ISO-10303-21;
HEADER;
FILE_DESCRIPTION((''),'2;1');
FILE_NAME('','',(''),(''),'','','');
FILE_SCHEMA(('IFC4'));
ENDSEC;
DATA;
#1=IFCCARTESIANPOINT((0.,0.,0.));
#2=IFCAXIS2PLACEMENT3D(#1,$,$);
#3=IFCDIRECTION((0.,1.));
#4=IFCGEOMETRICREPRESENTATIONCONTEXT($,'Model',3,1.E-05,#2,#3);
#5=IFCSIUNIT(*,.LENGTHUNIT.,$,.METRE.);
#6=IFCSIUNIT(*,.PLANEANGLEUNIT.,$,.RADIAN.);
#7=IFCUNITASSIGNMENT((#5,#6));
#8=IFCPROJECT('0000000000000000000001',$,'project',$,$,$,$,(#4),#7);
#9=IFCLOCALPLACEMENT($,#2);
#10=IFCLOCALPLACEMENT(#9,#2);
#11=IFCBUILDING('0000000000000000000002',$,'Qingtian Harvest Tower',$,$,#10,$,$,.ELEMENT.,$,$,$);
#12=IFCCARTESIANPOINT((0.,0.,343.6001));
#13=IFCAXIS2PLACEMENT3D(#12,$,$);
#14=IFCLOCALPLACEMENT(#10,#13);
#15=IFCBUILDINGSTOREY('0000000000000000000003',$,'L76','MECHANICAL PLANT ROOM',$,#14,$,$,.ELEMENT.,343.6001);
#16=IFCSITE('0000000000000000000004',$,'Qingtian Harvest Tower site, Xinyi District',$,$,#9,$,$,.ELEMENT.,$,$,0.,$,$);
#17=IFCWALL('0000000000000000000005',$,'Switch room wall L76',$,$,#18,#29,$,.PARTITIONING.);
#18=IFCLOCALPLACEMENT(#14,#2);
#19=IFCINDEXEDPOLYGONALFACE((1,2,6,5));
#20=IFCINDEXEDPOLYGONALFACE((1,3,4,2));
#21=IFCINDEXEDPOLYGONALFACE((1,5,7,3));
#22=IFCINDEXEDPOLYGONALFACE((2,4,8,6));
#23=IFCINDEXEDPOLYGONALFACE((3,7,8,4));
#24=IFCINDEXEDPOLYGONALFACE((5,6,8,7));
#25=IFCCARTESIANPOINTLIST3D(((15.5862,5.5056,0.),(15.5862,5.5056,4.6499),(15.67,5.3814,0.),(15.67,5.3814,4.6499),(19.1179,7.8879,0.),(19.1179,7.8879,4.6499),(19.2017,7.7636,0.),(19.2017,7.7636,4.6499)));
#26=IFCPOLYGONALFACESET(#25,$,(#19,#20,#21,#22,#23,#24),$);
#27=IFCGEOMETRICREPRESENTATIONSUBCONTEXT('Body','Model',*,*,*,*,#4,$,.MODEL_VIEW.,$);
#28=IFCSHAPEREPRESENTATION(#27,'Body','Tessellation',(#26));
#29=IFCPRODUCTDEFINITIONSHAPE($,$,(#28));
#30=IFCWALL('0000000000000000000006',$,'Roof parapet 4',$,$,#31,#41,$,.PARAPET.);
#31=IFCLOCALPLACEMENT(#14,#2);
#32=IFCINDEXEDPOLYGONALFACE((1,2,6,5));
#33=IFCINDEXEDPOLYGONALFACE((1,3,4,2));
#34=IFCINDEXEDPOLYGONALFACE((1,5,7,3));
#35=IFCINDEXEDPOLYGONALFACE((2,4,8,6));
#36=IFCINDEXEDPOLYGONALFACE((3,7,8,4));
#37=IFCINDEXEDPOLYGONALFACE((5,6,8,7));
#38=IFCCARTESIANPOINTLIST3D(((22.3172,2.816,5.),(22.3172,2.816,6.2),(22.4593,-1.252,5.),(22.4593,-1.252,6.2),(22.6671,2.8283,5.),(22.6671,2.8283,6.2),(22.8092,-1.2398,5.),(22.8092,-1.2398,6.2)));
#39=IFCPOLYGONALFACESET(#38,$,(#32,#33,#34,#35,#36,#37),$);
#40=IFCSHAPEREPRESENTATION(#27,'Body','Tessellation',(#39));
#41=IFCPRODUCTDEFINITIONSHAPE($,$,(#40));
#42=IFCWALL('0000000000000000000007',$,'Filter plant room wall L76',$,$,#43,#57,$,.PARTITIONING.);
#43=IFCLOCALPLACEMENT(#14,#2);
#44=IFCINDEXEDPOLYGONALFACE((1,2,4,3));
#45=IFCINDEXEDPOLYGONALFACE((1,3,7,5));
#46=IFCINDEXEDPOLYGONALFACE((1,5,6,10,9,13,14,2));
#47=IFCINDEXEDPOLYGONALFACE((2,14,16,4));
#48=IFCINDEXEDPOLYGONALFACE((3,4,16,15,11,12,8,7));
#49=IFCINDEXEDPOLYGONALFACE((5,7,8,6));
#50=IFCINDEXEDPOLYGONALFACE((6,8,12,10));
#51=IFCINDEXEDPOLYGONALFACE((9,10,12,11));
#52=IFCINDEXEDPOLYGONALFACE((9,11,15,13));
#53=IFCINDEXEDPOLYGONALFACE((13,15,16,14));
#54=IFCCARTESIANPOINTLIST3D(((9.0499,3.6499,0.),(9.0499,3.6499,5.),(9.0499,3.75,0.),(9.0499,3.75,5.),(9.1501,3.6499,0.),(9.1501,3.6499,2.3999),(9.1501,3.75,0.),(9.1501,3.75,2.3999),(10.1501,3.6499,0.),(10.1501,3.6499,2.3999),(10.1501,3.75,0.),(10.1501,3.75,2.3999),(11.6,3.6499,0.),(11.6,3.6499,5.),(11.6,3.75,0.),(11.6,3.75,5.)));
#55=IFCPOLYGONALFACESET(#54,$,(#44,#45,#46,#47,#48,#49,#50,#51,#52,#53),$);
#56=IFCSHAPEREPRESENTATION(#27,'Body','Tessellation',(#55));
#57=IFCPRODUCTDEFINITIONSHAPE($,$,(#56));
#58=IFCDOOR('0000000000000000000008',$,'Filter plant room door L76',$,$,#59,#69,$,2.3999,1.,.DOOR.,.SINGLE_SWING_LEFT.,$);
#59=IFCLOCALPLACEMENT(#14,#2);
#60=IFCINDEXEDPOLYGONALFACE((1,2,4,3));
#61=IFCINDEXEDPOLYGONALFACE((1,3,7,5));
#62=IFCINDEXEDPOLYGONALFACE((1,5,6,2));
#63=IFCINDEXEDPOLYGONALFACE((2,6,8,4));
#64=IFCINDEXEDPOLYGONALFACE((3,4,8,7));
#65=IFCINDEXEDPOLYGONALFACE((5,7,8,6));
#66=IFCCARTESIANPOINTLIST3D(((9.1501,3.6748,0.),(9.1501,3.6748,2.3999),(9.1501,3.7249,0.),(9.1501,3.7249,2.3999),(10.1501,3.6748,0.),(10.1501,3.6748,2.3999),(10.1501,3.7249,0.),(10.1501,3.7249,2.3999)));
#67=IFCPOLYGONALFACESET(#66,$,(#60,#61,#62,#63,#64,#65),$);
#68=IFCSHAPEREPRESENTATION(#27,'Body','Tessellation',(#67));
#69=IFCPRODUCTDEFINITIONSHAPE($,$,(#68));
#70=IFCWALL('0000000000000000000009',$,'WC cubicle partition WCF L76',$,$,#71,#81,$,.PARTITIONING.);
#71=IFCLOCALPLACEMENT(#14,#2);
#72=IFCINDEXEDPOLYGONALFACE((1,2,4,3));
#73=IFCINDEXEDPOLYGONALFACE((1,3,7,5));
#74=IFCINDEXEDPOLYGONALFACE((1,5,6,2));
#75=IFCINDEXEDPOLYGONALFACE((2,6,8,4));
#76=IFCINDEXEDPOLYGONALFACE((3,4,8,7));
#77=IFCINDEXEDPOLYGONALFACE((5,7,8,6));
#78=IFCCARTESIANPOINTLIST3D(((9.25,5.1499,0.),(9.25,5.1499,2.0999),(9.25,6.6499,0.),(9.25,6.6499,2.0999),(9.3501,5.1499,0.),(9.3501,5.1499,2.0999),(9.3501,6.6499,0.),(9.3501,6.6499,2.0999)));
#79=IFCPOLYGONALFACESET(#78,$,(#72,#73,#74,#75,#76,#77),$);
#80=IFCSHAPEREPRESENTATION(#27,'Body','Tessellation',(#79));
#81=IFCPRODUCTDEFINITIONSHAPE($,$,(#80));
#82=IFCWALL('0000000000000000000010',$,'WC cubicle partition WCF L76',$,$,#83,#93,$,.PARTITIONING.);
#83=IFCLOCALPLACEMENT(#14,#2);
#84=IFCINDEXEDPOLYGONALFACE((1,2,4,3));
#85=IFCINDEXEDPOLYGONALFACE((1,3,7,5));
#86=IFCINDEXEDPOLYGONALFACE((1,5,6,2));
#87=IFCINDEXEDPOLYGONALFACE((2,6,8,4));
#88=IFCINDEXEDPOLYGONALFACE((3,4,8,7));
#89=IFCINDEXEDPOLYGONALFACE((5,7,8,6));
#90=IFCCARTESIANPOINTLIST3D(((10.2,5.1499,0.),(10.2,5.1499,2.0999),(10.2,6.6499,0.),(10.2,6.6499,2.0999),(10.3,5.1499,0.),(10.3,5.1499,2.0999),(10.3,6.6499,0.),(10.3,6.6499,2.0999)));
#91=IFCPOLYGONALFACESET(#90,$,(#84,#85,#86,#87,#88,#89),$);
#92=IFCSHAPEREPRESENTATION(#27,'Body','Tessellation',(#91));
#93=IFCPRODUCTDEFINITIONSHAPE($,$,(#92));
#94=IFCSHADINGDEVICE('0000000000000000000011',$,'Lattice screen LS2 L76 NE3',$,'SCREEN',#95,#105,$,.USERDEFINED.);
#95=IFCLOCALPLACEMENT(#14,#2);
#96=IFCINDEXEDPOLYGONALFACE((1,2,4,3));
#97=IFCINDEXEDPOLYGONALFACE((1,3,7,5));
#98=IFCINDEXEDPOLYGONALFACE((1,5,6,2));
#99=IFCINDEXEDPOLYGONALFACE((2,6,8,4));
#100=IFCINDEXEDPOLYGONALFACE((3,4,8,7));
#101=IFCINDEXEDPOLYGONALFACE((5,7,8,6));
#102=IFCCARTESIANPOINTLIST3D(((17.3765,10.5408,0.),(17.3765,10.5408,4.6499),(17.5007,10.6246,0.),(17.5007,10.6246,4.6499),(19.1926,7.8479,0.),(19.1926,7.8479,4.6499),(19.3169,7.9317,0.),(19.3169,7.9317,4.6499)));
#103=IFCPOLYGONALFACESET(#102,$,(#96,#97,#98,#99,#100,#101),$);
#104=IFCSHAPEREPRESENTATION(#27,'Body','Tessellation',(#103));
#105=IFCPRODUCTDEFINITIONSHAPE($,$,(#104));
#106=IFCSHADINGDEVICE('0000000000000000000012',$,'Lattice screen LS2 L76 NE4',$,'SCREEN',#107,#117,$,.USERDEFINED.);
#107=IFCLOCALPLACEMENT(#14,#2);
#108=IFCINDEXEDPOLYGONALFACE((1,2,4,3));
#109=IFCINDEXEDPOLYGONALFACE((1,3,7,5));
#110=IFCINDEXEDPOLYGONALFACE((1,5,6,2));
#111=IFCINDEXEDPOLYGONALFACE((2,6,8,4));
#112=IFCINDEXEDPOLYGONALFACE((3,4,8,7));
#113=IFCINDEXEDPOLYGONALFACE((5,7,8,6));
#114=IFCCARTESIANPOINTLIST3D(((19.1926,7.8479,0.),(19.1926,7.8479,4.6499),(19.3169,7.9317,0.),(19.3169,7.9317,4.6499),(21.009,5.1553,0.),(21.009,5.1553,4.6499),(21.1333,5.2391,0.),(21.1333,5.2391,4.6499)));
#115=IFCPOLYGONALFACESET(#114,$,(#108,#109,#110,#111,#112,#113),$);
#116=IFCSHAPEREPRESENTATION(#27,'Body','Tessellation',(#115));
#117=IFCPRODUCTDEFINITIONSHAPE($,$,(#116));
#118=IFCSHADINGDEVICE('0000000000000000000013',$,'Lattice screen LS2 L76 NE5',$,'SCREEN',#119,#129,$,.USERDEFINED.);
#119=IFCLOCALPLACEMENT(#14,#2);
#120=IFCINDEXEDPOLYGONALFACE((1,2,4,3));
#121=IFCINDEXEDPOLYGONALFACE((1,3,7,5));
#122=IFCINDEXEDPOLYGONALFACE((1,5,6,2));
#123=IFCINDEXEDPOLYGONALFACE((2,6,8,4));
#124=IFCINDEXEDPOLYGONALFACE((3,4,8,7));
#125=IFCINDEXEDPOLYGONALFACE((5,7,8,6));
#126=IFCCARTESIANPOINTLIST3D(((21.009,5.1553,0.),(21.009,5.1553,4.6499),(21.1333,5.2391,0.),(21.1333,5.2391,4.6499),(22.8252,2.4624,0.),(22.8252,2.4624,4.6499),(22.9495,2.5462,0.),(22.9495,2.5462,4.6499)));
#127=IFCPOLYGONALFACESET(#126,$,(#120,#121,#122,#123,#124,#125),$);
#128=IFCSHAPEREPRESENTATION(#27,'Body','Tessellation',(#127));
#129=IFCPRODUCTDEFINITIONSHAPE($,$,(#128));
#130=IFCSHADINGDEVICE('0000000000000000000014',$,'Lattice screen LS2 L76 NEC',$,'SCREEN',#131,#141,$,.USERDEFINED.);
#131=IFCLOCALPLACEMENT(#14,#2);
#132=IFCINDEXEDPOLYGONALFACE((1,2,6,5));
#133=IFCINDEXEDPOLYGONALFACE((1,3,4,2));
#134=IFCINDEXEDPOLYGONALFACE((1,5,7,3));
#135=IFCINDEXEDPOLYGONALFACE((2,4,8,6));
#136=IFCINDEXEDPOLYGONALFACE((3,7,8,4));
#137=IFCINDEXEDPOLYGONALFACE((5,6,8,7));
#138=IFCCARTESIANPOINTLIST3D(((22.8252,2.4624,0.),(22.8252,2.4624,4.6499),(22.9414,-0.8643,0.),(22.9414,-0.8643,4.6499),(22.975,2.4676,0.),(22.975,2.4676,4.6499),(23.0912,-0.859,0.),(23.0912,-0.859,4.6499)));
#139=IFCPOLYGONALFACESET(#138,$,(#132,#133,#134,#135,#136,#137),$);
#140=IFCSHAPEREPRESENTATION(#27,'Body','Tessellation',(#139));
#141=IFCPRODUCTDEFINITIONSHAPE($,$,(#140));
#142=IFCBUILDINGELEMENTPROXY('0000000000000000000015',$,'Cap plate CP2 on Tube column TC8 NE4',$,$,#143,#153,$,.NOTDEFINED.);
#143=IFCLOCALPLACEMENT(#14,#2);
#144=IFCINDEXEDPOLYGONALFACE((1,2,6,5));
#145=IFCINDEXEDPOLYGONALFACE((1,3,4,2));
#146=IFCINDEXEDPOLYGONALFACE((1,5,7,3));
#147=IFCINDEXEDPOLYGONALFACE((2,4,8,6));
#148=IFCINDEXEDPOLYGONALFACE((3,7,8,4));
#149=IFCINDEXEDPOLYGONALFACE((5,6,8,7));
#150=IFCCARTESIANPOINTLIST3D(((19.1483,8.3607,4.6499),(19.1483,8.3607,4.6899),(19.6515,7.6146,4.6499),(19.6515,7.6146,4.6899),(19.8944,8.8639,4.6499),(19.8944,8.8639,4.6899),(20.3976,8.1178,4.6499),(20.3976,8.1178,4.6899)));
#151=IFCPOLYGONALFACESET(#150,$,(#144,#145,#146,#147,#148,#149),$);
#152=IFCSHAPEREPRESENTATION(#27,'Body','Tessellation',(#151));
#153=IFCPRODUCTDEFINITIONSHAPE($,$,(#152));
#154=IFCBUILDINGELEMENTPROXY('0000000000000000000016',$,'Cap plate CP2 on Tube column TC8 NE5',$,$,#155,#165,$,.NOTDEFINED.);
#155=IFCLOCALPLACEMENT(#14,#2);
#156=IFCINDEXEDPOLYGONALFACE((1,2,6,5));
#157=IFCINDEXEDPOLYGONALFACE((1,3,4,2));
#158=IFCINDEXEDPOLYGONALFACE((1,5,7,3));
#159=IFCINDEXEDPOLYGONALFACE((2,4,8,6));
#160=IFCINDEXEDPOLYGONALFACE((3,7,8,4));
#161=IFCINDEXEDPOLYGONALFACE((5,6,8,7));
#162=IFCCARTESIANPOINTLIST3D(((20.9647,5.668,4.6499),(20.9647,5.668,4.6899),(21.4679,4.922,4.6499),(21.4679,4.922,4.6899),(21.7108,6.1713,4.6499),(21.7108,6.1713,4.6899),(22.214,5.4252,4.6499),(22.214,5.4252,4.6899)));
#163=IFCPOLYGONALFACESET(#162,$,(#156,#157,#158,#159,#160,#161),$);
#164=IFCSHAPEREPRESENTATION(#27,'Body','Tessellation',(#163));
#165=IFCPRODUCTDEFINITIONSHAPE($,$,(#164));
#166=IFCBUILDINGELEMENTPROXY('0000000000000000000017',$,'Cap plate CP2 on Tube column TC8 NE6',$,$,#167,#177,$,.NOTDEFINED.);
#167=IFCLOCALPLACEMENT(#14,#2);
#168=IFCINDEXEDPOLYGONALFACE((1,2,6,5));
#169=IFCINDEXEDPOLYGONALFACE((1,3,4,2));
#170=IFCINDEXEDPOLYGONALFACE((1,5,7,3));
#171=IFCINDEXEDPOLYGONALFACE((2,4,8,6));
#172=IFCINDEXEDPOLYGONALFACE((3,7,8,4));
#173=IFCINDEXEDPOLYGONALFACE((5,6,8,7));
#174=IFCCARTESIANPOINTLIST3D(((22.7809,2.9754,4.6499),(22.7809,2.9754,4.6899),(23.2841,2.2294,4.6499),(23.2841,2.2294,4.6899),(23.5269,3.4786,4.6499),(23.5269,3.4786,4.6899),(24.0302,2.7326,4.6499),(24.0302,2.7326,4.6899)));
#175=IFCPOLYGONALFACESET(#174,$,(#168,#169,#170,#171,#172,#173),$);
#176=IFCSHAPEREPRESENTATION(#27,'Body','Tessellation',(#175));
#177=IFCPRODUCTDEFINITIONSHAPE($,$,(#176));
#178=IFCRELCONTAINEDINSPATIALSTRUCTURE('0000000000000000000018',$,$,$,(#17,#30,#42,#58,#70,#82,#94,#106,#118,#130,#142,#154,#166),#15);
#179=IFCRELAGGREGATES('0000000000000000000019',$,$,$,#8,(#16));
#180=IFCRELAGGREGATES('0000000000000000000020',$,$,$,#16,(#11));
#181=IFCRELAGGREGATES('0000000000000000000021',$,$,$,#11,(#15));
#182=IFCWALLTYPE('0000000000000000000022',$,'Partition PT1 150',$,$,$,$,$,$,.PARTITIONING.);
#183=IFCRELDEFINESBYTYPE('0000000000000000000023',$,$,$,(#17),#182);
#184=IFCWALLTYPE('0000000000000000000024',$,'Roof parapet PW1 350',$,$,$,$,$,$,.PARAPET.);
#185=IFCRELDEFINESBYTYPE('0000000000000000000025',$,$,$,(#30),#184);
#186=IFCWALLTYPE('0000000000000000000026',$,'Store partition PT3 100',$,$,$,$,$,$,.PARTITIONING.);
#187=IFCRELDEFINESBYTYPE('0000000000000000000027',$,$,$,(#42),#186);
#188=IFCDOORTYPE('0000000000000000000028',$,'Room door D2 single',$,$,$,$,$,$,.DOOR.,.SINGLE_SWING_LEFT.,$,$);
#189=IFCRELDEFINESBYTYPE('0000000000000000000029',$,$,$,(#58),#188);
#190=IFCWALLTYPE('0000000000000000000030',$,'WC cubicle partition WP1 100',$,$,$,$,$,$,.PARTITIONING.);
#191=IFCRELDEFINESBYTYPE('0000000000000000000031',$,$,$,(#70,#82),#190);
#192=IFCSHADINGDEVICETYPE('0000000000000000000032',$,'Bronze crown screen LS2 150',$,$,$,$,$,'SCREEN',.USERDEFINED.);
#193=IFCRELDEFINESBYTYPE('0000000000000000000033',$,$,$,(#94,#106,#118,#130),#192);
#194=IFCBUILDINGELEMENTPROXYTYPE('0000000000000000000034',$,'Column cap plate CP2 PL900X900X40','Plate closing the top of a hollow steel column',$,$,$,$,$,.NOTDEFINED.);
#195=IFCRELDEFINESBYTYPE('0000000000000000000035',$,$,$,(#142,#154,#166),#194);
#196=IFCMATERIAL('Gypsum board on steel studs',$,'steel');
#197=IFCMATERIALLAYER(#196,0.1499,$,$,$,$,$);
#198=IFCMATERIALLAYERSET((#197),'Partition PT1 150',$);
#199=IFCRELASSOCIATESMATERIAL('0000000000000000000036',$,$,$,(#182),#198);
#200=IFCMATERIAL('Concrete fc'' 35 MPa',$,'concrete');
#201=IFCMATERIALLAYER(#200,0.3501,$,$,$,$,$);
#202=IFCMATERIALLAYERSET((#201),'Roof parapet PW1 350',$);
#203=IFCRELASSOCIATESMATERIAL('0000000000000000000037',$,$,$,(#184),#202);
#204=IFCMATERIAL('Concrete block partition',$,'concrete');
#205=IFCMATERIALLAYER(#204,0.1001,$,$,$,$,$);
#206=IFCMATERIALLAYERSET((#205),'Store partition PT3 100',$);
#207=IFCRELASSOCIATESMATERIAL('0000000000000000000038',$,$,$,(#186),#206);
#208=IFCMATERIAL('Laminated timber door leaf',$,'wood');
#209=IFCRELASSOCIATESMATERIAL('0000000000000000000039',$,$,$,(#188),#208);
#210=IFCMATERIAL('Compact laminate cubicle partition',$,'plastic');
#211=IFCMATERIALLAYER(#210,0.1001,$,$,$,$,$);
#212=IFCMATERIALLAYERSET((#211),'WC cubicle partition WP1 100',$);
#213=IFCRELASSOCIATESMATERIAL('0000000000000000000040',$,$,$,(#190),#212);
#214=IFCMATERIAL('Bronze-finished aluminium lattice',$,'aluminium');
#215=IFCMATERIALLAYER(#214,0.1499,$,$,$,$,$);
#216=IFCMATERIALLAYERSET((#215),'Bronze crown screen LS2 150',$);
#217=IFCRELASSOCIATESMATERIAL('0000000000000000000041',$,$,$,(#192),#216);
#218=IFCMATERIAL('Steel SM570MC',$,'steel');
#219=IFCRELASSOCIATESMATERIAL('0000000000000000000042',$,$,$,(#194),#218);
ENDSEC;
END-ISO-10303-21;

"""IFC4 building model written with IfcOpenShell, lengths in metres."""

from ifc_helpers import new_model, si_unit, direction, frame, frame_2d, origin, origin_2d, place, context, subcontext, project, spatial, polyline, rectangle, outline, extrude, material, layer, layer_set, material_profile, profile_set, type_object, element, fill, save


model = new_model("IFC4")

# Units and contexts
model_context = context("Model", 3, precision=1e-05, world=origin(), true_north=direction((0.0, 1.0)))
body_context = subcontext(model_context, "Body", "Model", "MODEL_VIEW")
ifc_project = project(units=[si_unit("LENGTHUNIT", "METRE"), si_unit("PLANEANGLEUNIT", "RADIAN")], contexts=[model_context])

# Site, building, storey
site_placement = place(None, origin())
site = spatial("IfcSite", under=ifc_project, at=site_placement, Name="Qingtian Harvest Tower site, Xinyi District", CompositionType="ELEMENT", RefElevation=0.0)
building_placement = place(site_placement, origin())
building = spatial("IfcBuilding", under=site, at=building_placement, Name="Qingtian Harvest Tower", CompositionType="ELEMENT")
storey_placement = place(building_placement, frame((0.0, 0.0, 343.6001)))
storey = spatial("IfcBuildingStorey", under=building, at=storey_placement, Name="L76", Description="MECHANICAL PLANT ROOM", CompositionType="ELEMENT", Elevation=343.6001)

# Walls
ifc_material_1 = material(Name="Gypsum board on steel studs", Category="steel")
ifc_layer_1 = layer(ifc_material_1, 0.1499)
ifc_layer_set_1 = layer_set([ifc_layer_1], Name="Partition PT1 150")
wall_type_1 = type_object("IfcWallType", Name="Partition PT1 150", PredefinedType="PARTITIONING", material=ifc_layer_set_1)
wall_1_placement = place(storey_placement, frame((19.1597, 7.8257, 0.0), z_axis=(0.0, 0.0, 1.0), x_axis=(-0.829023, -0.559215, 0.0)))
element("IfcWall", 1, at=wall_1_placement, inside=storey, type_object=wall_type_1, Name="Switch room wall L76", PredefinedType="PARTITIONING", context=body_context, shape_type="SweptSolid", body=[
    extrude(rectangle(XDim=4.26, YDim=0.1499, at=frame_2d((2.1299, 0.0))), origin(), (0.0, 0.0, 1.0), 4.6499),
])
ifc_material_2 = material(Name="Concrete fc' 35 MPa", Category="concrete")
ifc_layer_2 = layer(ifc_material_2, 0.3501)
ifc_layer_set_2 = layer_set([ifc_layer_2], Name="Roof parapet PW1 350")
wall_type_2 = type_object("IfcWallType", Name="Roof parapet PW1 350", PredefinedType="PARAPET", material=ifc_layer_set_2)
wall_2_placement = place(storey_placement, frame((22.4922, 2.822, 5.0), z_axis=(0.0, 0.0, 1.0), x_axis=(0.034906, -0.999391, 0.0)))
element("IfcWall", 2, at=wall_2_placement, inside=storey, type_object=wall_type_2, Name="Roof parapet 4", PredefinedType="PARAPET", context=body_context, shape_type="SweptSolid", body=[
    extrude(rectangle(XDim=4.0706, YDim=0.3501, at=frame_2d((2.0352, 0.0))), origin(), (0.0, 0.0, 1.0), 1.2),
])

# Wall, opening, door
ifc_material_3 = material(Name="Concrete block partition", Category="concrete")
ifc_layer_3 = layer(ifc_material_3, 0.1001)
ifc_layer_set_3 = layer_set([ifc_layer_3], Name="Store partition PT3 100")
wall_type_3 = type_object("IfcWallType", Name="Store partition PT3 100", PredefinedType="PARTITIONING", material=ifc_layer_set_3)
wall_3_placement = place(storey_placement, frame((9.05, 3.7, 0.0), z_axis=(0.0, 0.0, 1.0), x_axis=(1.0, 0.0, 0.0)))
wall_3 = element("IfcWall", 3, at=wall_3_placement, inside=storey, type_object=wall_type_3, Name="Filter plant room wall L76", PredefinedType="PARTITIONING", context=body_context, shape_type="SweptSolid", body=[
    extrude(rectangle(XDim=2.55, YDim=0.1001, at=frame_2d((1.2749, 0.0))), origin(), (0.0, 0.0, 1.0), 5.0),
])
opening_placement = place(wall_3_placement, frame((0.1001, 0.0, 0.0)))
opening = element("IfcOpeningElement", 4, at=opening_placement, cuts=wall_3, PredefinedType="OPENING", context=body_context, shape_type="SweptSolid", body=[
    extrude(rectangle(XDim=1.0, YDim=2.3999, at=frame_2d((0.5, 1.2))), frame((0.0, 0.0601, 0.0), z_axis=(0.0, -1.0, 0.0), x_axis=(1.0, 0.0, 0.0)), (0.0, 0.0, 1.0), 0.1201),
])
ifc_material_4 = material(Name="Laminated timber door leaf", Category="wood")
door_type = type_object("IfcDoorType", Name="Room door D2 single", OperationType="SINGLE_SWING_LEFT", PredefinedType="DOOR", material=ifc_material_4)
door_placement = place(opening_placement, origin())
door = element("IfcDoor", 5, at=door_placement, inside=storey, type_object=door_type, Name="Filter plant room door L76", OperationType="SINGLE_SWING_LEFT", OverallHeight=2.3999, OverallWidth=1.0, PredefinedType="DOOR", context=body_context, shape_type="SweptSolid", body=[
    extrude(rectangle(XDim=1.0, YDim=2.3999, at=frame_2d((0.5, 1.2))), frame((0.0, 0.0249, 0.0), z_axis=(0.0, -1.0, 0.0), x_axis=(1.0, 0.0, 0.0)), (0.0, 0.0, 1.0), 0.05),
])
fill(opening, door)

# Walls
ifc_material_5 = material(Name="Compact laminate cubicle partition", Category="plastic")
ifc_layer_4 = layer(ifc_material_5, 0.1001)
ifc_layer_set_4 = layer_set([ifc_layer_4], Name="WC cubicle partition WP1 100")
wall_type_4 = type_object("IfcWallType", Name="WC cubicle partition WP1 100", PredefinedType="PARTITIONING", material=ifc_layer_set_4)
for number, where, z_axis, x_axis, name in (
    (6, (9.3, 5.1499, 0.0), (0.0, 0.0, 1.0), (0.0, 1.0, 0.0), "WC cubicle partition WCF L76"),
    (7, (10.25, 5.1499, 0.0), (0.0, 0.0, 1.0), (0.0, 1.0, 0.0), "WC cubicle partition WCF L76"),
):
    element("IfcWall", number, at=place(storey_placement, frame(where, z_axis=z_axis, x_axis=x_axis)), inside=storey, type_object=wall_type_4, Name=name, PredefinedType="PARTITIONING", context=body_context, shape_type="SweptSolid", body=[
        extrude(rectangle(XDim=1.5, YDim=0.1001, at=frame_2d((0.75, 0.0))), origin(), (0.0, 0.0, 1.0), 2.0999),
    ])

# Shading devices
ifc_material_6 = material(Name="Bronze-finished aluminium lattice", Category="aluminium")
ifc_layer_5 = layer(ifc_material_6, 0.1499)
ifc_layer_set_5 = layer_set([ifc_layer_5], Name="Bronze crown screen LS2 150")
shading_device_type = type_object("IfcShadingDeviceType", Name="Bronze crown screen LS2 150", ElementType="SCREEN", PredefinedType="USERDEFINED", material=ifc_layer_set_5)
shading_device_1_placement = place(storey_placement, frame((17.3765, 10.5408, 0.0), z_axis=(-0.829066, -0.55915, 0.0), x_axis=(0.55915, -0.829066, 0.0)))
element("IfcShadingDevice", 8, at=shading_device_1_placement, inside=storey, type_object=shading_device_type, Name="Lattice screen LS2 L76 NE3", ObjectType="SCREEN", PredefinedType="USERDEFINED", context=body_context, shape_type="SweptSolid", body=[
    extrude(outline(polyline([(0.0, 0.0), (3.2481, 0.0), (3.2481, 4.6499), (0.0, 4.6499), (0.0, 0.0)])), origin(), (0.0, 0.0, -1.0), 0.1499),
])
shading_device_2_placement = place(storey_placement, frame((19.1926, 7.8479, 0.0), z_axis=(-0.829008, -0.559237, 0.0), x_axis=(0.559237, -0.829008, 0.0)))
element("IfcShadingDevice", 9, at=shading_device_2_placement, inside=storey, type_object=shading_device_type, Name="Lattice screen LS2 L76 NE4", ObjectType="SCREEN", PredefinedType="USERDEFINED", context=body_context, shape_type="SweptSolid", body=[
    extrude(outline(polyline([(0.0, 0.0), (3.248, 0.0), (3.248, 4.6499), (0.0, 4.6499), (0.0, 0.0)])), origin(), (0.0, 0.0, -1.0), 0.1499),
])
shading_device_3_placement = place(storey_placement, frame((21.009, 5.1553, 0.0), z_axis=(-0.829066, -0.55915, 0.0), x_axis=(0.55915, -0.829066, 0.0)))
element("IfcShadingDevice", 10, at=shading_device_3_placement, inside=storey, type_object=shading_device_type, Name="Lattice screen LS2 L76 NE5", ObjectType="SCREEN", PredefinedType="USERDEFINED", context=body_context, shape_type="SweptSolid", body=[
    extrude(outline(polyline([(0.0, 0.0), (3.2481, 0.0), (3.2481, 4.6499), (0.0, 4.6499), (0.0, 0.0)])), origin(), (0.0, 0.0, -1.0), 0.1499),
])
shading_device_4_placement = place(storey_placement, frame((22.8252, 2.4624, 0.0), z_axis=(-0.99939, -0.034912, 0.0), x_axis=(0.034912, -0.99939, 0.0)))
element("IfcShadingDevice", 11, at=shading_device_4_placement, inside=storey, type_object=shading_device_type, Name="Lattice screen LS2 L76 NEC", ObjectType="SCREEN", PredefinedType="USERDEFINED", context=body_context, shape_type="SweptSolid", body=[
    extrude(outline(polyline([(0.0, 0.0), (3.3287, 0.0), (3.3287, 4.6499), (0.0, 4.6499), (0.0, 0.0)])), origin(), (0.0, 0.0, -1.0), 0.1499),
])

# Building element proxies
ifc_material_7 = material(Name="Steel SM570MC", Category="steel")
ifc_material_profile_1 = material_profile(ifc_material_7, rectangle(XDim=0.8999, YDim=0.8999, at=origin_2d()), Name="PL900X900X40")
ifc_profile_set_1 = profile_set([ifc_material_profile_1], Name="Steel SM570MC")
building_element_proxy_type = type_object("IfcBuildingElementProxyType", Name="Column cap plate CP2 PL900X900X40", Description="Plate closing the top of a hollow steel column", PredefinedType="NOTDEFINED", material=ifc_profile_set_1)
for number, where, z_axis, x_axis, name in (
    (12, (19.7729, 8.2393, 4.6499), (0.0, 0.0, 1.0), (-0.559193, 0.829038, 0.0), "Cap plate CP2 on Tube column TC8 NE4"),
    (13, (21.5894, 5.5466, 4.6499), (0.0, 0.0, 1.0), (-0.559193, 0.829038, 0.0), "Cap plate CP2 on Tube column TC8 NE5"),
    (14, (23.4055, 2.854, 4.6499), (0.0, 0.0, 1.0), (-0.559193, 0.829038, 0.0), "Cap plate CP2 on Tube column TC8 NE6"),
):
    element("IfcBuildingElementProxy", number, at=place(storey_placement, frame(where, z_axis=z_axis, x_axis=x_axis)), inside=storey, type_object=building_element_proxy_type, Name=name, PredefinedType="NOTDEFINED", context=body_context, shape_type="SweptSolid", body=[
        extrude(rectangle(XDim=0.8999, YDim=0.8999, at=origin_2d()), origin(), (0.0, 0.0, 1.0), 0.04),
    ])

save(model, "model.ifc")
